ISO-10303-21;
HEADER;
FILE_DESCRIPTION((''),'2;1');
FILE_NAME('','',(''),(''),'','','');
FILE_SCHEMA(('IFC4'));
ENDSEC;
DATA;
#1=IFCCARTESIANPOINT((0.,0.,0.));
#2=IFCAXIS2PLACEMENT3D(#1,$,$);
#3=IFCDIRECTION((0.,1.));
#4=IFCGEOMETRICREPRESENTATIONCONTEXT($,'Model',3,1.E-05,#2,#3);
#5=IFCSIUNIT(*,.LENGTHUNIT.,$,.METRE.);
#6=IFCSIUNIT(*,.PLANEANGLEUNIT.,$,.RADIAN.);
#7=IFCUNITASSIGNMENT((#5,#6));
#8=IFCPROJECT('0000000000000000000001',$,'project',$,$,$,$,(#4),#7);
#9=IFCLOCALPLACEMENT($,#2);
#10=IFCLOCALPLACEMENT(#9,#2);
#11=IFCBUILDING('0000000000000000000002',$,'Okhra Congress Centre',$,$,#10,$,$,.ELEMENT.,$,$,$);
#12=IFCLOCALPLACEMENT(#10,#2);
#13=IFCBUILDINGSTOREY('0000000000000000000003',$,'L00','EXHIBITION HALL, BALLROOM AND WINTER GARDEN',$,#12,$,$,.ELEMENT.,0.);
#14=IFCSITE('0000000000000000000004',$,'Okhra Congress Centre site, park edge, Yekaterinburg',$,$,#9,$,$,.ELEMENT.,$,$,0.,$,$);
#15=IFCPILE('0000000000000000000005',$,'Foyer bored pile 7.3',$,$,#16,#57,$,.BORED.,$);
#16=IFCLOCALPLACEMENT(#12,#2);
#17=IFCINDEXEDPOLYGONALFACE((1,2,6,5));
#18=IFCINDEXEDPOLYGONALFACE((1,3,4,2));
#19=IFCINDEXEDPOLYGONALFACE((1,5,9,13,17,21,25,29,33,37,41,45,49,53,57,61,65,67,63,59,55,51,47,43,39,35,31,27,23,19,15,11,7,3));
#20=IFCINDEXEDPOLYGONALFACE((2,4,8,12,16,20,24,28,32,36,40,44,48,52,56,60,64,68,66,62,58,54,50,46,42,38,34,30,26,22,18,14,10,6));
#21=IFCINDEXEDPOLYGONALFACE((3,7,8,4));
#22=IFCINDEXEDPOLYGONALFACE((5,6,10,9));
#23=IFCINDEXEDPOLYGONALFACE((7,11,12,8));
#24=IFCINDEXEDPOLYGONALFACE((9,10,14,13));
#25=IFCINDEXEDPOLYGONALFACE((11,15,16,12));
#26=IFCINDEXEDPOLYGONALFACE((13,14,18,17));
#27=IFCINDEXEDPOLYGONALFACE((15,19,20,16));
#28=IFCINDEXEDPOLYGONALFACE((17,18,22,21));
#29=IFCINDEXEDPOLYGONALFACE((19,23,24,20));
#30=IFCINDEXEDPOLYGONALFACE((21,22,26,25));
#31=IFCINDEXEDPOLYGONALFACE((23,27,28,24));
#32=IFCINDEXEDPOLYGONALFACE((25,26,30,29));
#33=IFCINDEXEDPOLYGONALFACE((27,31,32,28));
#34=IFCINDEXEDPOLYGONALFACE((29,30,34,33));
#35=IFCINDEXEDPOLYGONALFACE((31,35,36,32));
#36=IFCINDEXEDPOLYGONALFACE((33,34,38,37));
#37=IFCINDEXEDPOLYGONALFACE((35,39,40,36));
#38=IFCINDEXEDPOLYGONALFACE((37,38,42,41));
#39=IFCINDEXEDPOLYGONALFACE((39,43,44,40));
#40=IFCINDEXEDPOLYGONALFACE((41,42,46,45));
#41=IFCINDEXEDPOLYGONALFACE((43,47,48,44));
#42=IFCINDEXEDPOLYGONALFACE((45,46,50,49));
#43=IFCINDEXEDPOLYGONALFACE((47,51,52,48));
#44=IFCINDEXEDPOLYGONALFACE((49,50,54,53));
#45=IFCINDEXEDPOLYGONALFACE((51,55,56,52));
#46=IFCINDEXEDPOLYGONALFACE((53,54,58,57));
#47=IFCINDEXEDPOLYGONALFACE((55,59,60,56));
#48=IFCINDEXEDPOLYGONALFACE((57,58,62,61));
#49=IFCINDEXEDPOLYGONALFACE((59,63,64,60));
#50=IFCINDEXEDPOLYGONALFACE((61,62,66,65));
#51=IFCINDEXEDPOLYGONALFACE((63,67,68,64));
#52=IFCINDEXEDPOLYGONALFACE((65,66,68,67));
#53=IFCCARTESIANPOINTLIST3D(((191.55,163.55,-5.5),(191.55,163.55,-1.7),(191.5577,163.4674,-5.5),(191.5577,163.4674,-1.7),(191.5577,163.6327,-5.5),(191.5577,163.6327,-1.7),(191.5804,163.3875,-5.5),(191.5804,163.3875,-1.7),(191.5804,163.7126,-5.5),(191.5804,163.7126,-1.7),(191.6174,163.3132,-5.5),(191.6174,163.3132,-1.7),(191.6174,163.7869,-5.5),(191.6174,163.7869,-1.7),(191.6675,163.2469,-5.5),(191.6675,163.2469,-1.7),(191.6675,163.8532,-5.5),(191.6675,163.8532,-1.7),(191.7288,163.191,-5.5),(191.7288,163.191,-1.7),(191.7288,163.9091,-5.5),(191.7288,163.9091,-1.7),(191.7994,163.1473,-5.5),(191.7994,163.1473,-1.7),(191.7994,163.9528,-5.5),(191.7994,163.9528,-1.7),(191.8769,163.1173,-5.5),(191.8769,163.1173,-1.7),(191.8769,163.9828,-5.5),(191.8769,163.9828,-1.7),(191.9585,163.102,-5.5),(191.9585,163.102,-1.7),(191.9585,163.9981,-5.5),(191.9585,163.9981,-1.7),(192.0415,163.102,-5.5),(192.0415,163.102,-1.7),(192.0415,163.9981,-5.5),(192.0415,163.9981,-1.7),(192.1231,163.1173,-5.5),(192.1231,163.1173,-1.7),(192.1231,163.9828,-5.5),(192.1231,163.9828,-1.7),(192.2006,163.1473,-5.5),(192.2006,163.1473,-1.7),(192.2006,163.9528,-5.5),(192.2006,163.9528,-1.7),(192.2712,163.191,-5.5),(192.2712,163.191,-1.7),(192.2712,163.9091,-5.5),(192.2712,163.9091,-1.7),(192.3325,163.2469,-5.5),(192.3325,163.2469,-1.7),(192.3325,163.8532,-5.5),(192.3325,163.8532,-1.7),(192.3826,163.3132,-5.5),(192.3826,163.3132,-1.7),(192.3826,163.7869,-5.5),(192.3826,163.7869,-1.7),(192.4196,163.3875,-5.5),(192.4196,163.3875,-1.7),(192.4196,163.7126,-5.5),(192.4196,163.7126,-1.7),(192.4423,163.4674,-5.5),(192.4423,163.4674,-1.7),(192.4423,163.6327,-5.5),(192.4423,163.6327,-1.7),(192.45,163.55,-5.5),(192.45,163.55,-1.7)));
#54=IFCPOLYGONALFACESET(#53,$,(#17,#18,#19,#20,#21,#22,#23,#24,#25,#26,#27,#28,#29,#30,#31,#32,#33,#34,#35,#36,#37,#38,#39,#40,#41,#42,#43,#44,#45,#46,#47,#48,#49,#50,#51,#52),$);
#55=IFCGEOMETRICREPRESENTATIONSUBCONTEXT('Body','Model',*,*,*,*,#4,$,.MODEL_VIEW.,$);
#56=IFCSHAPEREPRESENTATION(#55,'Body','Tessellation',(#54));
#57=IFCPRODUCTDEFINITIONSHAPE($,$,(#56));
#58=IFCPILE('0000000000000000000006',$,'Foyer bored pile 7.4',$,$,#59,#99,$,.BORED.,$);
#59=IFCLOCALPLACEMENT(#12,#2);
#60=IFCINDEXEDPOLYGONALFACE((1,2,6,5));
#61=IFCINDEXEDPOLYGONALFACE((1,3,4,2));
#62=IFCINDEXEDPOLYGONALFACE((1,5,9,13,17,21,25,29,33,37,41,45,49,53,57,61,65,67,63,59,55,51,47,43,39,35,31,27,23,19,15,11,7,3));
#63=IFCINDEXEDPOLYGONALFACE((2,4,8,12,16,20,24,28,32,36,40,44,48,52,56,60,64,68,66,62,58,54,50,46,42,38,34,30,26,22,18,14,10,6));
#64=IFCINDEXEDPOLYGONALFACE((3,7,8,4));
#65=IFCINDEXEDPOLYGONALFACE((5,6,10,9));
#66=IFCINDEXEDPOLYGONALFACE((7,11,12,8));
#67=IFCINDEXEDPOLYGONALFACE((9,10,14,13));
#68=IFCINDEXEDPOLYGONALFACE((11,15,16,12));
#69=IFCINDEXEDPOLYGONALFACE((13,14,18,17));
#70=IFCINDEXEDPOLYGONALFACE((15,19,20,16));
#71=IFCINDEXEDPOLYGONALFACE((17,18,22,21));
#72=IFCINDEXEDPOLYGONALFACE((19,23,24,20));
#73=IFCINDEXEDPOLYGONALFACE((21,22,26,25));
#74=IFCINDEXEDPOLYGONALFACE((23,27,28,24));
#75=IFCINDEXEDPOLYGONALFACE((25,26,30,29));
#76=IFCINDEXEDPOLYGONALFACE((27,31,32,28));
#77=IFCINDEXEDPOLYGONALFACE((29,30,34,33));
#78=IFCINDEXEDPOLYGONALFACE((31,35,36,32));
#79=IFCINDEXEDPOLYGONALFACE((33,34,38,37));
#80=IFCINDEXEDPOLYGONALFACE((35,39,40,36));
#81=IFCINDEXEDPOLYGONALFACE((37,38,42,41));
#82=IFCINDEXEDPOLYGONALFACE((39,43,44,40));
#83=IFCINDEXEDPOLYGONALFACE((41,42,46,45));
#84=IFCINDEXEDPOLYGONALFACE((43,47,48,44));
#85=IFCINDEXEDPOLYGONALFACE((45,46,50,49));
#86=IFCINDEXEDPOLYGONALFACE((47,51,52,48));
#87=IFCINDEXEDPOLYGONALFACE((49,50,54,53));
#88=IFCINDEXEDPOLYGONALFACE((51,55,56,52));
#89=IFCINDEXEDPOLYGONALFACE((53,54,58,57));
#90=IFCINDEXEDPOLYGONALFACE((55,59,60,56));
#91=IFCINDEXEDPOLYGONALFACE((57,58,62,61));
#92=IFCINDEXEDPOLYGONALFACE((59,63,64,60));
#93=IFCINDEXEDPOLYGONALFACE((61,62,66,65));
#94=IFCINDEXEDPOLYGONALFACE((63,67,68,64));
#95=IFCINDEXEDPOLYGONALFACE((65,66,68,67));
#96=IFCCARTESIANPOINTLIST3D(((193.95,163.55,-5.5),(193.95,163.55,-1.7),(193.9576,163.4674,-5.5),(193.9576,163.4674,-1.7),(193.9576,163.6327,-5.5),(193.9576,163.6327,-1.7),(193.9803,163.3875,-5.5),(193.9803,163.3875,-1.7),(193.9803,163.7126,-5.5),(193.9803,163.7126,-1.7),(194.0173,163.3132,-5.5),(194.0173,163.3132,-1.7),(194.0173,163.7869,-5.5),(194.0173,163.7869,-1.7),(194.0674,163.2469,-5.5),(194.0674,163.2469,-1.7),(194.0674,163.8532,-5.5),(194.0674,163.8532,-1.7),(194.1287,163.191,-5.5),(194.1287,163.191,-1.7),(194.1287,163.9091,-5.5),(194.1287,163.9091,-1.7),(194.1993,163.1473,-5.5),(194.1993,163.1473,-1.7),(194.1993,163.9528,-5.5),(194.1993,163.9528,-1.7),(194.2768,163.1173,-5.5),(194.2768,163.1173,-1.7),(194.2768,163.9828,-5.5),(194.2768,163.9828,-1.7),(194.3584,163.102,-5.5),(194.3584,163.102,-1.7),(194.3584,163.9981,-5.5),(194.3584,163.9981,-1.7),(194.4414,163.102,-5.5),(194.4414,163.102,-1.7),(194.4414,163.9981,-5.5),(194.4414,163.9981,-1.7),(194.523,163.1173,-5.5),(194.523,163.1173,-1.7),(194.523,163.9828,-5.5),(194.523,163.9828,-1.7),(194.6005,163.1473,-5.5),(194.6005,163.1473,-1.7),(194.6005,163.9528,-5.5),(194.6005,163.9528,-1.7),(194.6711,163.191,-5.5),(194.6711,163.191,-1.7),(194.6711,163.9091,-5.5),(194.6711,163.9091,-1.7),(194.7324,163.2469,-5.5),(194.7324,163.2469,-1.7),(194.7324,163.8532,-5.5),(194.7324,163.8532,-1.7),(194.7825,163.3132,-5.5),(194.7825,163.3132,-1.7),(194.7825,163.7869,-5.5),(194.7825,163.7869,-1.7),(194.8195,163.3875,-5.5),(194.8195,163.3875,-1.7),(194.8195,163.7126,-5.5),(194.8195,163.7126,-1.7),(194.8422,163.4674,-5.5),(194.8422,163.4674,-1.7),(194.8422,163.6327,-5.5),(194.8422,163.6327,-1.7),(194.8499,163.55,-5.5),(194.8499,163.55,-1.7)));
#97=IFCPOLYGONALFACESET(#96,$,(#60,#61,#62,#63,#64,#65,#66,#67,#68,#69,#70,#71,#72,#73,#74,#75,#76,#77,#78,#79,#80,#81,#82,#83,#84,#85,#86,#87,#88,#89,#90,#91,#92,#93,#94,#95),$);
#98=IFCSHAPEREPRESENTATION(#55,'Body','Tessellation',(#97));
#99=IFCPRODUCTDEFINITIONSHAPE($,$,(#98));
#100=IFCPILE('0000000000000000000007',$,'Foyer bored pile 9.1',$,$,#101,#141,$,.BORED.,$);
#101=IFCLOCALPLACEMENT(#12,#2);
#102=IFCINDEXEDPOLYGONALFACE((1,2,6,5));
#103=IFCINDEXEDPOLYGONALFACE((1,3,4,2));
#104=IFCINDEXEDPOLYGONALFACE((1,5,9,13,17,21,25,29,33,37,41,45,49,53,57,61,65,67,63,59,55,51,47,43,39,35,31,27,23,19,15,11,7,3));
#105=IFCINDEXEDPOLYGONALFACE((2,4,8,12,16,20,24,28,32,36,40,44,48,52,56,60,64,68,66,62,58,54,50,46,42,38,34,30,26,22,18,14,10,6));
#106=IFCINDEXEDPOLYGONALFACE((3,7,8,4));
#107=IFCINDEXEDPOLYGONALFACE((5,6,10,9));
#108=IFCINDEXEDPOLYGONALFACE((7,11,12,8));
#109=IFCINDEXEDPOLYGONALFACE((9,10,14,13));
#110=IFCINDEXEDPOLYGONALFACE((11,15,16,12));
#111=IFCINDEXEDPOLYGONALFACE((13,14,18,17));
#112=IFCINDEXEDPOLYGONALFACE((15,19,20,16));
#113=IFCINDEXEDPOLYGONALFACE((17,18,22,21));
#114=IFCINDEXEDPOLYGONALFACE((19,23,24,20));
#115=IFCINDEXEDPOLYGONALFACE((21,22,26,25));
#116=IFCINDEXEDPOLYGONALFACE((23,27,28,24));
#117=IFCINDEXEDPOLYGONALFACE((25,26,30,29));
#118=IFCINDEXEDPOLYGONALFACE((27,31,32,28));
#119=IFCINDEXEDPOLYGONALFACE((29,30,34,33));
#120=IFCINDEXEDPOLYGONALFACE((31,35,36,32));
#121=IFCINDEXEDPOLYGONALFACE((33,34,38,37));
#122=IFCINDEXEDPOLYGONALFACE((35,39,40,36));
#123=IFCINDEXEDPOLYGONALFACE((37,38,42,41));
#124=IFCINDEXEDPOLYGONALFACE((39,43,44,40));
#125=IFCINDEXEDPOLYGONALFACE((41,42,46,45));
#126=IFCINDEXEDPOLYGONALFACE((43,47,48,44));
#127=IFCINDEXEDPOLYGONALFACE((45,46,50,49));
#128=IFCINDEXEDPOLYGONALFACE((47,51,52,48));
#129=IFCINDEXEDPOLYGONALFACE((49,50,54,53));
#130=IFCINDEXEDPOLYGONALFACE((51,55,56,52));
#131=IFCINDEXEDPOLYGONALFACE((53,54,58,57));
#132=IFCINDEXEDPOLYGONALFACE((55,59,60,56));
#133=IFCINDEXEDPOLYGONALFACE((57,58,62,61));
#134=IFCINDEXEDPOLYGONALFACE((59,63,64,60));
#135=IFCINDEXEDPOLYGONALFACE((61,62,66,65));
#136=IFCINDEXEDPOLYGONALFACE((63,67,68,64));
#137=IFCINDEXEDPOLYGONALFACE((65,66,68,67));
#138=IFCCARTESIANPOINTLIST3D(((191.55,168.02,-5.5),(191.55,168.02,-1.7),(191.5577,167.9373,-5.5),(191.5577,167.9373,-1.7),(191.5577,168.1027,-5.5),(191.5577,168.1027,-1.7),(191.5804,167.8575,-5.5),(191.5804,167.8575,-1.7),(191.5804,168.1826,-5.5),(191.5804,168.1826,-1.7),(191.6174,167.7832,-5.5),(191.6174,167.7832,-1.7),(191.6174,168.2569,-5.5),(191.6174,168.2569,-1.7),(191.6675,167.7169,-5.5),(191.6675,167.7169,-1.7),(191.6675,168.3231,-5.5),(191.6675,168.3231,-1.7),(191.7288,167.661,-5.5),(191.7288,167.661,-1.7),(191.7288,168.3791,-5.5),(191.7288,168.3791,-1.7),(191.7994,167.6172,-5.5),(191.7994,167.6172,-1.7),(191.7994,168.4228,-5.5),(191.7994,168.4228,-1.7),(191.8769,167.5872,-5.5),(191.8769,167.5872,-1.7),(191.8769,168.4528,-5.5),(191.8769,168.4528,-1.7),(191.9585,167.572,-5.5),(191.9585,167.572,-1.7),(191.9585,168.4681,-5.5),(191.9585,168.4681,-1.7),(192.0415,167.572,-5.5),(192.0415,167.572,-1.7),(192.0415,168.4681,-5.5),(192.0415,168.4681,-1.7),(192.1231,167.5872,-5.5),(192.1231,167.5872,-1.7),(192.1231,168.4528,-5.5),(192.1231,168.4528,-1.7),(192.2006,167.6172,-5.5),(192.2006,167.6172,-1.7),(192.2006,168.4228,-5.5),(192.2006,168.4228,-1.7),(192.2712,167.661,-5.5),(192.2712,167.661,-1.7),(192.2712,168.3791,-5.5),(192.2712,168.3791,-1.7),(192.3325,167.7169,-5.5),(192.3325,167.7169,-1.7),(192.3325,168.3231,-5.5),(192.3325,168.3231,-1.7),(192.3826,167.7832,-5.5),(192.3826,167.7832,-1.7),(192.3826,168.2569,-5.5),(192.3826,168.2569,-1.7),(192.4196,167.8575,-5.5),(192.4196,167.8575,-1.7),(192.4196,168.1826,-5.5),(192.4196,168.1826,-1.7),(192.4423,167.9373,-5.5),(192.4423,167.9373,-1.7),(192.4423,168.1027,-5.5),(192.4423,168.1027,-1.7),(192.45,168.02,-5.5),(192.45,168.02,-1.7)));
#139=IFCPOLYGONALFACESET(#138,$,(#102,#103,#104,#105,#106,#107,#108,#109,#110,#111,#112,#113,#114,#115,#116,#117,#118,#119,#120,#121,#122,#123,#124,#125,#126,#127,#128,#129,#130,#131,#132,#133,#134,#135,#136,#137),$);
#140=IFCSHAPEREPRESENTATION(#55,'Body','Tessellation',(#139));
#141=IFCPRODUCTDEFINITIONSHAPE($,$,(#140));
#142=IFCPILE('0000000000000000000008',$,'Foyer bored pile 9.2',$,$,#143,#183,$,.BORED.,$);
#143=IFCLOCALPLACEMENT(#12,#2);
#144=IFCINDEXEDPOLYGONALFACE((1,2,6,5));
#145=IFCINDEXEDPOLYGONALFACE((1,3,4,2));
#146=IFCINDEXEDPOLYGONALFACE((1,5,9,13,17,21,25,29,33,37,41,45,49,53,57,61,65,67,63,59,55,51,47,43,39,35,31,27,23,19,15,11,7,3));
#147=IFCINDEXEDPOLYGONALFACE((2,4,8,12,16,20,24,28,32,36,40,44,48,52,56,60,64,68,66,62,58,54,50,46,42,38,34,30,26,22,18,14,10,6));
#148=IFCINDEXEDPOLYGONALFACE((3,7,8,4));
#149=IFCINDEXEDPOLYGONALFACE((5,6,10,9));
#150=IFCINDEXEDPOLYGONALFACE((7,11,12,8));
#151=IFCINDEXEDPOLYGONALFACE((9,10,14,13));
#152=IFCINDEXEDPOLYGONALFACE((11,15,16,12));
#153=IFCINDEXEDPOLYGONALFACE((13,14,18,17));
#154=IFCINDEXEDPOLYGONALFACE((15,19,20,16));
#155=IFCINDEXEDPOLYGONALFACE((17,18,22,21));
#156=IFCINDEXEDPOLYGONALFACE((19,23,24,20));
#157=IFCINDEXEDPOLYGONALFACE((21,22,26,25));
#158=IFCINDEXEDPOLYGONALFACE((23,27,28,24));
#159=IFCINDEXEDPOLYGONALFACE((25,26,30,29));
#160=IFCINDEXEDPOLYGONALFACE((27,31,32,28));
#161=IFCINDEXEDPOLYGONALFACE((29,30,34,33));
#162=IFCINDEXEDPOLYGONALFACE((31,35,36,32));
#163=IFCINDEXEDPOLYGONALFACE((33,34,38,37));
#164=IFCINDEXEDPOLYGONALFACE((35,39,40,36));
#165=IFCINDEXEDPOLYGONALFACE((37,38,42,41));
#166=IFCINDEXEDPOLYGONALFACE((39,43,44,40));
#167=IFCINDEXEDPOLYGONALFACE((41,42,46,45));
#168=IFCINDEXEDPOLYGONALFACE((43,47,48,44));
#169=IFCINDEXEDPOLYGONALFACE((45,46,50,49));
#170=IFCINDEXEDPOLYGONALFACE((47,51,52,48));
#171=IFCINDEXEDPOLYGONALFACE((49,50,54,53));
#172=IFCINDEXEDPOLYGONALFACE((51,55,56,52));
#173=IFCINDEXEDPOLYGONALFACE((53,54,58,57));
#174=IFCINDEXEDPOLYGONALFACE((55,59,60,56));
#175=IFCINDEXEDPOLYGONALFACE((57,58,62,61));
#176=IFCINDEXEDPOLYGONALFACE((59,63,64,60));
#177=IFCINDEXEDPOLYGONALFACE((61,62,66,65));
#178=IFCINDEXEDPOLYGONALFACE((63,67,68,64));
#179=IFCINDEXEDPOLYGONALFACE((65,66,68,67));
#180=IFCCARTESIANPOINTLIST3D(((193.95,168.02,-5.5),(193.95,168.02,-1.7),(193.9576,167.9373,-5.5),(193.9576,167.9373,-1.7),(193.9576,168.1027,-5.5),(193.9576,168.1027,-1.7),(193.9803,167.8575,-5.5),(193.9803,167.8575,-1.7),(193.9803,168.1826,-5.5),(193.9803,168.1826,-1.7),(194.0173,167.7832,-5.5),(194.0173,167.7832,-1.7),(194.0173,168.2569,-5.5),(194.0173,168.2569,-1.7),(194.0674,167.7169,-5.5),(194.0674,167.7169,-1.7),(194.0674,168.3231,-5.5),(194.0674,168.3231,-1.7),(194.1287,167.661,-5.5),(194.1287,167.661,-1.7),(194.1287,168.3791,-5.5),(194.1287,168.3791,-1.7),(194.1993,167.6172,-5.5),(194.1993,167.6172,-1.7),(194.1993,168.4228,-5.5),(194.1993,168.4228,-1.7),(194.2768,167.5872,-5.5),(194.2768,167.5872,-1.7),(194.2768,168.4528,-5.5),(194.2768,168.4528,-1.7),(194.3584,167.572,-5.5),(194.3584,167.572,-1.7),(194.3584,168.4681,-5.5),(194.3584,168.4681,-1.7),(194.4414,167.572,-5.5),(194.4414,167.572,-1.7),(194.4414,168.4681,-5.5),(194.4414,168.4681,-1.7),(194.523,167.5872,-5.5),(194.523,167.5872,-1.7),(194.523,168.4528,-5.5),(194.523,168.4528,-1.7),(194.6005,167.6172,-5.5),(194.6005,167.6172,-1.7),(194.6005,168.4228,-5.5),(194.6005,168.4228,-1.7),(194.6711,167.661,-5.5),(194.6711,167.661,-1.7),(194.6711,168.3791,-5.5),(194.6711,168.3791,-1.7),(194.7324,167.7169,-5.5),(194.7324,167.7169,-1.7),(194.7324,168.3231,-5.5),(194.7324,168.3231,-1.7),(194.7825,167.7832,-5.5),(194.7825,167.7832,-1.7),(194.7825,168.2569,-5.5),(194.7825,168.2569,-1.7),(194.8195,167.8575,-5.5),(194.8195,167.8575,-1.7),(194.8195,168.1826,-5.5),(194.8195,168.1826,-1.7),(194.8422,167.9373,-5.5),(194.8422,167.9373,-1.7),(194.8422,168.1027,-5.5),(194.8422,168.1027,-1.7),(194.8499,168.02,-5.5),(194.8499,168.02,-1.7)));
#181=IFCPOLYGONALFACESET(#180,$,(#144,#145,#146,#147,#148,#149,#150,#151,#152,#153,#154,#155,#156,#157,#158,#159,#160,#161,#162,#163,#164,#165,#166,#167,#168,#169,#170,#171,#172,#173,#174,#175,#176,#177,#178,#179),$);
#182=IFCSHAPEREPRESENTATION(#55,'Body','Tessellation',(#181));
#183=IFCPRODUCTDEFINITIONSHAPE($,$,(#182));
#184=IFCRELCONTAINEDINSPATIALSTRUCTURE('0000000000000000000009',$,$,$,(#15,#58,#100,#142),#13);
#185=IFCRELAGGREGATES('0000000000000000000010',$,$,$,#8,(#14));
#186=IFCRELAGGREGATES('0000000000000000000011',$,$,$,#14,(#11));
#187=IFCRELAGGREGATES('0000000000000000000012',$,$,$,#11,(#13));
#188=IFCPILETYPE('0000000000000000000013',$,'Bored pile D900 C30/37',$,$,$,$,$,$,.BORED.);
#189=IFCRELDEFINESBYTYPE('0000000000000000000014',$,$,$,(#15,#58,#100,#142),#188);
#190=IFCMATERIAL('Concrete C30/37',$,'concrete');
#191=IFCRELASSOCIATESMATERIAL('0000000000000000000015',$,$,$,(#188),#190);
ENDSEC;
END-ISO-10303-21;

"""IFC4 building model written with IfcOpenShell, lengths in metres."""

from ifc_helpers import new_model, si_unit, direction, frame, origin, origin_2d, place, context, subcontext, project, spatial, circle, extrude, material, material_profile, profile_set, type_object, element, save


model = new_model("IFC4")

# Units and contexts
model_context = context("Model", 3, precision=1e-05, world=origin(), true_north=direction((0.0, 1.0)))
body_context = subcontext(model_context, "Body", "Model", "MODEL_VIEW")
ifc_project = project(units=[si_unit("LENGTHUNIT", "METRE"), si_unit("PLANEANGLEUNIT", "RADIAN")], contexts=[model_context])

# Site, building, storey
site_placement = place(None, origin())
site = spatial("IfcSite", under=ifc_project, at=site_placement, Name="Okhra Congress Centre site, park edge, Yekaterinburg", CompositionType="ELEMENT", RefElevation=0.0)
building_placement = place(site_placement, origin())
building = spatial("IfcBuilding", under=site, at=building_placement, Name="Okhra Congress Centre", CompositionType="ELEMENT")
storey_placement = place(building_placement, origin())
storey = spatial("IfcBuildingStorey", under=building, at=storey_placement, Name="L00", Description="EXHIBITION HALL, BALLROOM AND WINTER GARDEN", CompositionType="ELEMENT", Elevation=0.0)

# Piles
ifc_material_1 = material(Name="Concrete C30/37", Category="concrete")
ifc_material_profile_1 = material_profile(ifc_material_1, circle(Radius=0.45, at=origin_2d()), Name="D900")
ifc_profile_set_1 = profile_set([ifc_material_profile_1], Name="Concrete C30/37")
pile_type = type_object("IfcPileType", Name="Bored pile D900 C30/37", PredefinedType="BORED", material=ifc_profile_set_1)
for number, where, z_axis, x_axis, name in (
    (1, (192.0, 163.55, -1.7), (0.0, 0.0, -1.0), (1.0, 0.0, 0.0), "Foyer bored pile 7.3"),
    (2, (194.3999, 163.55, -1.7), (0.0, 0.0, -1.0), (1.0, 0.0, 0.0), "Foyer bored pile 7.4"),
    (3, (192.0, 168.02, -1.7), (0.0, 0.0, -1.0), (1.0, 0.0, 0.0), "Foyer bored pile 9.1"),
    (4, (194.3999, 168.02, -1.7), (0.0, 0.0, -1.0), (1.0, 0.0, 0.0), "Foyer bored pile 9.2"),
):
    element("IfcPile", number, at=place(storey_placement, frame(where, z_axis=z_axis, x_axis=x_axis)), inside=storey, type_object=pile_type, Name=name, PredefinedType="BORED", context=body_context, shape_type="SweptSolid", body=[
        extrude(circle(Radius=0.45, at=origin_2d()), origin(), (0.0, 0.0, 1.0), 3.8),
    ])

save(model, "model.ifc")
